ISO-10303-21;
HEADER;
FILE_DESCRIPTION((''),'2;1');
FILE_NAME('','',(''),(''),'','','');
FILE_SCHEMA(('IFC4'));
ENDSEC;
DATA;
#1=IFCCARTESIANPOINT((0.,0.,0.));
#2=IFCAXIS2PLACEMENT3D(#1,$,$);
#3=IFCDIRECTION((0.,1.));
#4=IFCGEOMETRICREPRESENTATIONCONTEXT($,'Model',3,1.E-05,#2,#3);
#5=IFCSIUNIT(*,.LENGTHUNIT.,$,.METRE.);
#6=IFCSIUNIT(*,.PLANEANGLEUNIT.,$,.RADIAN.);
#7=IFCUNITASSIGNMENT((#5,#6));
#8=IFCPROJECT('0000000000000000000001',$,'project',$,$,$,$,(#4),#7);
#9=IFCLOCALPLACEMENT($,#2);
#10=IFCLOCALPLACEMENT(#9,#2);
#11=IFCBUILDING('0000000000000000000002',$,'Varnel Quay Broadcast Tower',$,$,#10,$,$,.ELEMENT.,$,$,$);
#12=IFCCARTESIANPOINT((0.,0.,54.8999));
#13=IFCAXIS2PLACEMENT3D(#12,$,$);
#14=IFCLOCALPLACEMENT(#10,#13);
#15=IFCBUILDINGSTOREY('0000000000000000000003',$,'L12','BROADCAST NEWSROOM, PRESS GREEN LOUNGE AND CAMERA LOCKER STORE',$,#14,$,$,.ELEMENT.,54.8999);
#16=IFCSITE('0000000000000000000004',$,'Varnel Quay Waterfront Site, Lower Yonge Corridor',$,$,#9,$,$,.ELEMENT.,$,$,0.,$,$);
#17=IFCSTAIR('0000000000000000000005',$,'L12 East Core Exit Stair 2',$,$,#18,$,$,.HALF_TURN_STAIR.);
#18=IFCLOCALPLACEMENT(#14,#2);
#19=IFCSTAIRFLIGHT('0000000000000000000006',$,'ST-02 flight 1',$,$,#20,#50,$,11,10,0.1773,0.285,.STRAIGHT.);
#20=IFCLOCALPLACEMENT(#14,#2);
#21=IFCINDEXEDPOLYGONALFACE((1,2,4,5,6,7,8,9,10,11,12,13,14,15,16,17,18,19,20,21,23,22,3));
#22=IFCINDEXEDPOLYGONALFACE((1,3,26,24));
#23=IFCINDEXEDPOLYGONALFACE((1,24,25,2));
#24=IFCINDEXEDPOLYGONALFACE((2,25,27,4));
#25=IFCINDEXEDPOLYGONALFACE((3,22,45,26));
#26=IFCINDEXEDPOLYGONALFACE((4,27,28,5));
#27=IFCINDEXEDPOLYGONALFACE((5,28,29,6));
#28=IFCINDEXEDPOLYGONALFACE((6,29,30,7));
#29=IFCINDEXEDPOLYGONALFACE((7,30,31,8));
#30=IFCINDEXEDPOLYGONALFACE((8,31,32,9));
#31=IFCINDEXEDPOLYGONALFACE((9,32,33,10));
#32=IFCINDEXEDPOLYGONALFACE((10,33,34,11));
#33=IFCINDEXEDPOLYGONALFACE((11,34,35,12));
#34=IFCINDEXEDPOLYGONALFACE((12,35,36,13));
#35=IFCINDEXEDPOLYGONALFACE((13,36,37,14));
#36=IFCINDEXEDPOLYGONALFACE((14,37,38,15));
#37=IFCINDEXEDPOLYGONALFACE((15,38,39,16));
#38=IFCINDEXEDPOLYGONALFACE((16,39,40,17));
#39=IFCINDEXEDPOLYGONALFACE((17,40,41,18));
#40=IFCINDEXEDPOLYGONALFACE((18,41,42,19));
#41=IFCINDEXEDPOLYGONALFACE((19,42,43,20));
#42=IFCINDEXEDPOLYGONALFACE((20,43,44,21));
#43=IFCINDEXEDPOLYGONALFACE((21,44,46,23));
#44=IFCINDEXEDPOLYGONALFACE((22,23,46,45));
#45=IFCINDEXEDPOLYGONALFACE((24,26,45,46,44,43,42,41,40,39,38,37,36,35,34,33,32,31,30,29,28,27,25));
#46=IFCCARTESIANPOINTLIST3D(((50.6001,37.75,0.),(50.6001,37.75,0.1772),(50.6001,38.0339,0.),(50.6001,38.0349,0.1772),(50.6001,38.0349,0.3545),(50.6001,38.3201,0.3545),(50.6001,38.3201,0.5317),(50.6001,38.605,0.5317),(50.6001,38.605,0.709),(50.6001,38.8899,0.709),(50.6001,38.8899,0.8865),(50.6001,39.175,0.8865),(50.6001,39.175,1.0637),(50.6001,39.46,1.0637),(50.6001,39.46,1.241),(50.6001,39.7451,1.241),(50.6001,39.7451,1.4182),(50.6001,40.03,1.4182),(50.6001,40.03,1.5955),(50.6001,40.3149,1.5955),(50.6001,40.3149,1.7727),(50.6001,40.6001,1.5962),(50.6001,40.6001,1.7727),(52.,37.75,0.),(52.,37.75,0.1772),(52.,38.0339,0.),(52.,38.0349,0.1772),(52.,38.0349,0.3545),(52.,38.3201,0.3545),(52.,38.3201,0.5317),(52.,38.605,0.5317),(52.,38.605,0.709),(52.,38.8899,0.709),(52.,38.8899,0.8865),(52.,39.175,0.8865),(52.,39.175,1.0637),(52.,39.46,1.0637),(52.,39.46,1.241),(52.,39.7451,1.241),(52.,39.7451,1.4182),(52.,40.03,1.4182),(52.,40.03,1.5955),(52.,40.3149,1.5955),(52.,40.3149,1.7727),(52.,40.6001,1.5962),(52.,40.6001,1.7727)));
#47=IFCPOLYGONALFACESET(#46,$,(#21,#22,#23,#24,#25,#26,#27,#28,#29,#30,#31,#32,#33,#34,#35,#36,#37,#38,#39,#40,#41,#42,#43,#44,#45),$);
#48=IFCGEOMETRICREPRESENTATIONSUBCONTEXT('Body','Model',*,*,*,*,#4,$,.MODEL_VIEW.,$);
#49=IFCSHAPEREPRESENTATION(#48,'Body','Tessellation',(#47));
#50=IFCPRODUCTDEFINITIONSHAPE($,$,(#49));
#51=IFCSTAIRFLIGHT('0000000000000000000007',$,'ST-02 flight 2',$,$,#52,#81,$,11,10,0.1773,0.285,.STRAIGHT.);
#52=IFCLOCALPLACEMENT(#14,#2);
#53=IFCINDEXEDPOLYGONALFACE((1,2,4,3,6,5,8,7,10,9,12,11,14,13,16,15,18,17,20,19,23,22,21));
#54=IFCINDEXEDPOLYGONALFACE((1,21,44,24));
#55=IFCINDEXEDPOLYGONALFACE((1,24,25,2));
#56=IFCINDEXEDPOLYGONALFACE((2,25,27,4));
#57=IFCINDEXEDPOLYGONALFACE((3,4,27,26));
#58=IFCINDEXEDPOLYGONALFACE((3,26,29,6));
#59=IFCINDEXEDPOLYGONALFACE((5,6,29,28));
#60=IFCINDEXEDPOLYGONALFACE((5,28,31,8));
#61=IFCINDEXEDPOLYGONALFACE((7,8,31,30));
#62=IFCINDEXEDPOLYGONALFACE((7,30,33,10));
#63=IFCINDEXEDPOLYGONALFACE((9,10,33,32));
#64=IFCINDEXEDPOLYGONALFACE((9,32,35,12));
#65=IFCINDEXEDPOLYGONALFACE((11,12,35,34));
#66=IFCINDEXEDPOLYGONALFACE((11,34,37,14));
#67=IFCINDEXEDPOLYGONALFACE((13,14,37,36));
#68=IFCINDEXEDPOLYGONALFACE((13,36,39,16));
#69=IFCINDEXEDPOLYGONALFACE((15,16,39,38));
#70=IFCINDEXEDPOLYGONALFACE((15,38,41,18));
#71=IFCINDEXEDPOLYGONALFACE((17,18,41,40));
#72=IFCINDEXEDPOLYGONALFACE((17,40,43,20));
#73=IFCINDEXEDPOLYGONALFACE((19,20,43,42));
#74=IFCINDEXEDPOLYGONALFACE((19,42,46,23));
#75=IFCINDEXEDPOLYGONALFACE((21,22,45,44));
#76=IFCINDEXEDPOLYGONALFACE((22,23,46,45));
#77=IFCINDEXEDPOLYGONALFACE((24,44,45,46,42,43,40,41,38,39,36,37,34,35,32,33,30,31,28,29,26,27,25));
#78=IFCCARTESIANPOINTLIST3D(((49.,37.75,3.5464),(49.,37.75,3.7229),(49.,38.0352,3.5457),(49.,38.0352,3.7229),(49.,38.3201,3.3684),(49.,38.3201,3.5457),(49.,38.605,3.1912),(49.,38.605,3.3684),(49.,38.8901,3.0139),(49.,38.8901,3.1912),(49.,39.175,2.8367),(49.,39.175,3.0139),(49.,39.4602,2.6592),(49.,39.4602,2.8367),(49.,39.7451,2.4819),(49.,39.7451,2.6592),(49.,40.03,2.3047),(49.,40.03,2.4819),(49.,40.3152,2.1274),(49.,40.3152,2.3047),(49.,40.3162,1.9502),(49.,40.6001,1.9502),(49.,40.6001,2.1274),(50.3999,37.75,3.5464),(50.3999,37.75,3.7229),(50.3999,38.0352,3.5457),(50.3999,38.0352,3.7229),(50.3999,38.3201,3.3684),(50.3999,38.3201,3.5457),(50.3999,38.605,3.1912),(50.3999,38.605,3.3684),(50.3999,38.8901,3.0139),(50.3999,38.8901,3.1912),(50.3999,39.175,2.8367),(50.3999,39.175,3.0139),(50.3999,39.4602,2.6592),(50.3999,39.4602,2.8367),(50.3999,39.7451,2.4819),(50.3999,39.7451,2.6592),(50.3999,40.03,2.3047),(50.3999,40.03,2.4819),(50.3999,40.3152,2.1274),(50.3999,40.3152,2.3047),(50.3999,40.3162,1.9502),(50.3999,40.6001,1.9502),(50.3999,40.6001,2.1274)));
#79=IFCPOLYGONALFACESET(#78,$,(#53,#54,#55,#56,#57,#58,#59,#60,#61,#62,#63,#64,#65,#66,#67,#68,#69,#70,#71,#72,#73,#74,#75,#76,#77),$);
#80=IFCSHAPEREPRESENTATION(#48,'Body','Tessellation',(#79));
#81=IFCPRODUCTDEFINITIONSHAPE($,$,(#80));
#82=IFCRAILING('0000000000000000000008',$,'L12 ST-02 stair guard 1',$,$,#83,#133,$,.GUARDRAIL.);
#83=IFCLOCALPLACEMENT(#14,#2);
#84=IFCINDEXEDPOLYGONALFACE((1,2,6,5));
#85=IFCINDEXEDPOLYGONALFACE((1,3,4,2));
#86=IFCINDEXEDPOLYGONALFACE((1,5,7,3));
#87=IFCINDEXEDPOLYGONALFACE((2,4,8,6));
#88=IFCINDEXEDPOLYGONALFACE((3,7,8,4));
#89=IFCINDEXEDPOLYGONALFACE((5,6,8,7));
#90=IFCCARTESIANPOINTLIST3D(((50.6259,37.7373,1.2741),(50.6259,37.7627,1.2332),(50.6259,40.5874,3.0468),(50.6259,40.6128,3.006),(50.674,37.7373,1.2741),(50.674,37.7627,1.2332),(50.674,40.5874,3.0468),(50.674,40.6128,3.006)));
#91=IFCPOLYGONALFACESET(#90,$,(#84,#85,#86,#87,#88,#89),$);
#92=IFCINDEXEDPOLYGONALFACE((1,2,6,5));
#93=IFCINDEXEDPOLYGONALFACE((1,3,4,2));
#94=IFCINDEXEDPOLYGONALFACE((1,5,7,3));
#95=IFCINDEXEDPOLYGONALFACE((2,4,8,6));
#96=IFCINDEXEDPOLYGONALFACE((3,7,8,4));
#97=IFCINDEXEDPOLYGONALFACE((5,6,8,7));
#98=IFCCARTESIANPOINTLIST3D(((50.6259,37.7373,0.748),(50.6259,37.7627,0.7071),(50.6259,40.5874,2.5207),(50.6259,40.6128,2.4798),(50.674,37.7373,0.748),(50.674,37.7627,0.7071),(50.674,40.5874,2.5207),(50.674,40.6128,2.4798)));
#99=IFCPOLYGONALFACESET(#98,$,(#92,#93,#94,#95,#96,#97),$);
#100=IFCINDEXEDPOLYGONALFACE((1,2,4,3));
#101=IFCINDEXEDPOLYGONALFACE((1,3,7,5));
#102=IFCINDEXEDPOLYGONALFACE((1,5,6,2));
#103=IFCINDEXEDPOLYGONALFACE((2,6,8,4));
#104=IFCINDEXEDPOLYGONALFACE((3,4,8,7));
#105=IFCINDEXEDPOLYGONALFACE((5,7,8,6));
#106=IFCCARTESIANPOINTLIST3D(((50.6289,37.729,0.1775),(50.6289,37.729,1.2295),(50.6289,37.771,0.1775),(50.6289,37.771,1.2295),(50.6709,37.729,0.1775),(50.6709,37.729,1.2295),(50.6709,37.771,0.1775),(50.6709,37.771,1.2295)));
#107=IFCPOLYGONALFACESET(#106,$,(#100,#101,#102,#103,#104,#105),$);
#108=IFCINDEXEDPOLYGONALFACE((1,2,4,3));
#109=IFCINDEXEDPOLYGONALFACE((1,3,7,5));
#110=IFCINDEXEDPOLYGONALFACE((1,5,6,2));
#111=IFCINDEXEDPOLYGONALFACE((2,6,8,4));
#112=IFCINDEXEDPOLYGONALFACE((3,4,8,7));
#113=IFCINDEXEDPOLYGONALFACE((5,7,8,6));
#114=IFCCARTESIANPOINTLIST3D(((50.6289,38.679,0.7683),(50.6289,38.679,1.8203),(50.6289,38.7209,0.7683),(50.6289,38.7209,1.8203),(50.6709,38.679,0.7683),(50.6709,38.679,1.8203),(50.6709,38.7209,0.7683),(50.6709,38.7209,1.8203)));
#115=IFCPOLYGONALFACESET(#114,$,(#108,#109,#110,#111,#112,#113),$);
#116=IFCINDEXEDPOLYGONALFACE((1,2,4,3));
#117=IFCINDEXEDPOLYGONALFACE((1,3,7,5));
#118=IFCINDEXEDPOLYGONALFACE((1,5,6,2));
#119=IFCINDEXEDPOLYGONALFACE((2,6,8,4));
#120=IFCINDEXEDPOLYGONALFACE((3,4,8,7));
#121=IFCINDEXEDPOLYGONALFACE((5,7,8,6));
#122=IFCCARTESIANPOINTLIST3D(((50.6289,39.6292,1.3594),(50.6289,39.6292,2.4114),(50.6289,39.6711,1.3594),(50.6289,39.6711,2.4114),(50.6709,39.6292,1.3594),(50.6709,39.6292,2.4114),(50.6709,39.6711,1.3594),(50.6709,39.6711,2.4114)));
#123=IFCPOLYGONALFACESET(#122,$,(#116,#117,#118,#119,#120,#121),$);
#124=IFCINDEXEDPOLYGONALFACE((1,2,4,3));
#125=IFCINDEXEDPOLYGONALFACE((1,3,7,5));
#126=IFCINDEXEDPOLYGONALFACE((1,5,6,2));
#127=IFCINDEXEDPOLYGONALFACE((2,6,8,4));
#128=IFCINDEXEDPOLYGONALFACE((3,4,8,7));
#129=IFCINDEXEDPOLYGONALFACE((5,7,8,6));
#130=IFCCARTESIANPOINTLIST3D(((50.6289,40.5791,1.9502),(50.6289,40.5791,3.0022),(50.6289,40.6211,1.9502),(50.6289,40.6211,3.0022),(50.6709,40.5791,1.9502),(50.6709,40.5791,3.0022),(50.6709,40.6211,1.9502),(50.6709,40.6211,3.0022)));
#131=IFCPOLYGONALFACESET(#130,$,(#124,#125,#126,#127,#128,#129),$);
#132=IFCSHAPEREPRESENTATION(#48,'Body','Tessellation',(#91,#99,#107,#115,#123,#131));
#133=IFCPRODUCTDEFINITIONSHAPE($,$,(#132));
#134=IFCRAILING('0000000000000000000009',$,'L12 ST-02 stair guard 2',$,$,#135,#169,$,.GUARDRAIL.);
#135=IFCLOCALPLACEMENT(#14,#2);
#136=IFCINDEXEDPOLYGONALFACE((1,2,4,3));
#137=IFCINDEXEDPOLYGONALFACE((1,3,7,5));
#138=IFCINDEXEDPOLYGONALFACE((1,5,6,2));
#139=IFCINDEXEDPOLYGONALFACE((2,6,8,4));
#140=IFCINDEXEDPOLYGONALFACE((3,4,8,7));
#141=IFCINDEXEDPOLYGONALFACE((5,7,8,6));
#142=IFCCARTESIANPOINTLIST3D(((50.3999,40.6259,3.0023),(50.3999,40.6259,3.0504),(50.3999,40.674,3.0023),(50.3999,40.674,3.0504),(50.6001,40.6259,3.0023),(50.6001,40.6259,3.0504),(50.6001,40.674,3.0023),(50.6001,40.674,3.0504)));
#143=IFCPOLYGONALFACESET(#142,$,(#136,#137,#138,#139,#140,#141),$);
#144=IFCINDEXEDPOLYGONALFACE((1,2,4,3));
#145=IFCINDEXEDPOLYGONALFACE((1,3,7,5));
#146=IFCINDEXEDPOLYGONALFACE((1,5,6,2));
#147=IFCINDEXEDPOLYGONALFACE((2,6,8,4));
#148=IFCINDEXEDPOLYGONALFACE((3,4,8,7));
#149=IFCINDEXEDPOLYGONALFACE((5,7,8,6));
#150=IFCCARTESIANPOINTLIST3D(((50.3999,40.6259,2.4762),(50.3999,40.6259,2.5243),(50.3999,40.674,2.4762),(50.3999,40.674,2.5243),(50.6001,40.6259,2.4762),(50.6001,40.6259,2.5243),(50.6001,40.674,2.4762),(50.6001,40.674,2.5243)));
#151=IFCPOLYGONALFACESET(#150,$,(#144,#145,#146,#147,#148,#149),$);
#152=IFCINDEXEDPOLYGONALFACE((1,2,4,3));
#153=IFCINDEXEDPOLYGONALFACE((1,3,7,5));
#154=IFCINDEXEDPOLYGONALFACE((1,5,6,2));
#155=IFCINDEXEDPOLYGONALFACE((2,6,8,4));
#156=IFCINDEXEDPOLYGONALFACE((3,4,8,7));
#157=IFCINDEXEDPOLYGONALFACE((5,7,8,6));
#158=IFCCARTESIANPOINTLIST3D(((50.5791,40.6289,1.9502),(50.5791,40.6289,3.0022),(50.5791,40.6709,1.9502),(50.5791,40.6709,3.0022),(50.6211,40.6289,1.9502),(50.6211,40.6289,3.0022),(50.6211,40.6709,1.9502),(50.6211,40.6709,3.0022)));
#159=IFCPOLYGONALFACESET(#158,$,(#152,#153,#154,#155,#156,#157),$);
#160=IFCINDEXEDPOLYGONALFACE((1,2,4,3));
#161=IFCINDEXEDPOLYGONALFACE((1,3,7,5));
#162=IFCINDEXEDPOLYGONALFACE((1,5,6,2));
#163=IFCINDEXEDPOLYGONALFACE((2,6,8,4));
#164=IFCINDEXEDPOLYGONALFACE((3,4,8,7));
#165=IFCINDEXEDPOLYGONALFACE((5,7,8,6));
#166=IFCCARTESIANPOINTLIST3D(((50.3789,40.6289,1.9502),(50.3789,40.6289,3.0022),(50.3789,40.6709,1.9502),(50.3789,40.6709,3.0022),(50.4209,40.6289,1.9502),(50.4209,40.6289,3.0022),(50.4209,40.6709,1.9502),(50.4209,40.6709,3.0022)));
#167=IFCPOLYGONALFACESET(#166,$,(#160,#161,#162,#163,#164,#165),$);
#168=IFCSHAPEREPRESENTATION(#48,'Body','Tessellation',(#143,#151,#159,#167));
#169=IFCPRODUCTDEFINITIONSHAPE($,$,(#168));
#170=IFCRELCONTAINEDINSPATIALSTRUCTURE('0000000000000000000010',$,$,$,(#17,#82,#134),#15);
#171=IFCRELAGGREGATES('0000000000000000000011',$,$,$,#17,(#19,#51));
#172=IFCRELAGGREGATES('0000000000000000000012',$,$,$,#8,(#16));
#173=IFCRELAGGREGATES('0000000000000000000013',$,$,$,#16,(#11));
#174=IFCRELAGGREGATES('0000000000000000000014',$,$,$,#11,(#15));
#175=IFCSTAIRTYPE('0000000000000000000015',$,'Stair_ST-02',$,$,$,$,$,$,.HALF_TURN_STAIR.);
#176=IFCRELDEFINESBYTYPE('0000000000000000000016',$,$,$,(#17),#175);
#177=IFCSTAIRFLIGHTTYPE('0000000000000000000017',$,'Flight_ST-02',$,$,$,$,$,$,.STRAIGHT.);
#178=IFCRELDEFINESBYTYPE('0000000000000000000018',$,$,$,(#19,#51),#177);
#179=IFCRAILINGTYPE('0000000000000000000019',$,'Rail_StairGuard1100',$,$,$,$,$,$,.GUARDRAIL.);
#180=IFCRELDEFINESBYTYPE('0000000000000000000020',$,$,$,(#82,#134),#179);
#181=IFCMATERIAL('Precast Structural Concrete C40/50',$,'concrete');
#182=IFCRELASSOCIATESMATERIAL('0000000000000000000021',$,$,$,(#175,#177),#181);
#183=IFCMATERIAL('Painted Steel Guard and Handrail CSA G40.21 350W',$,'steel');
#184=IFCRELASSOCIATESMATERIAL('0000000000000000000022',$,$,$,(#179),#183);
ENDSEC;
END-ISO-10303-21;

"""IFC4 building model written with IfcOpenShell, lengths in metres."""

from ifc_helpers import new_model, si_unit, direction, frame, origin, origin_2d, place, context, subcontext, project, spatial, polyline, rectangle, outline, extrude, material, type_object, element, aggregate, save


model = new_model("IFC4")

# Units and contexts
model_context = context("Model", 3, precision=1e-05, world=origin(), true_north=direction((0.0, 1.0)))
body_context = subcontext(model_context, "Body", "Model", "MODEL_VIEW")
ifc_project = project(units=[si_unit("LENGTHUNIT", "METRE"), si_unit("PLANEANGLEUNIT", "RADIAN")], contexts=[model_context])

# Site, building, storey
site_placement = place(None, origin())
site = spatial("IfcSite", under=ifc_project, at=site_placement, Name="Varnel Quay Waterfront Site, Lower Yonge Corridor", CompositionType="ELEMENT", RefElevation=0.0)
building_placement = place(site_placement, origin())
building = spatial("IfcBuilding", under=site, at=building_placement, Name="Varnel Quay Broadcast Tower", CompositionType="ELEMENT")
storey_placement = place(building_placement, frame((0.0, 0.0, 54.8999)))
storey = spatial("IfcBuildingStorey", under=building, at=storey_placement, Name="L12", Description="BROADCAST NEWSROOM, PRESS GREEN LOUNGE AND CAMERA LOCKER STORE", CompositionType="ELEMENT", Elevation=54.8999)

# Stair, stair flights
ifc_material_1 = material(Name="Precast Structural Concrete C40/50", Category="concrete")
stair_type = type_object("IfcStairType", Name="Stair_ST-02", PredefinedType="HALF_TURN_STAIR", material=ifc_material_1)
stair_placement = place(storey_placement, origin())
stair = element("IfcStair", 1, at=stair_placement, inside=storey, type_object=stair_type, Name="L12 East Core Exit Stair 2", PredefinedType="HALF_TURN_STAIR")
stair_flight_type = type_object("IfcStairFlightType", Name="Flight_ST-02", PredefinedType="STRAIGHT", material=ifc_material_1)
stair_flight_1_placement = place(storey_placement, frame((51.3, 37.75, 0.0), z_axis=(0.0, 0.0, 1.0), x_axis=(0.0, 1.0, 0.0)))
stair_flight_1 = element("IfcStairFlight", 2, at=stair_flight_1_placement, type_object=stair_flight_type, Name="ST-02 flight 1", NumberOfRisers=11, NumberOfTreads=10, PredefinedType="STRAIGHT", RiserHeight=0.1773, TreadLength=0.285, context=body_context, shape_type="SweptSolid", body=[
    extrude(outline(polyline([(0.0, 0.0), (0.0, 0.1772), (0.2849, 0.1772), (0.2849, 0.3545), (0.5701, 0.3545), (0.5701, 0.5317), (0.855, 0.5317), (0.855, 0.709), (1.1399, 0.709), (1.1399, 0.8865), (1.425, 0.8865), (1.425, 1.0637), (1.71, 1.0637), (1.71, 1.241), (1.9951, 1.241), (1.9951, 1.4182), (2.28, 1.4182), (2.28, 1.5955), (2.5649, 1.5955), (2.5649, 1.7727), (2.8501, 1.7727), (2.8501, 1.95), (2.8501, 1.5962), (0.2839, 0.0), (0.0, 0.0)])), frame((0.0, 0.7, 0.0), z_axis=(0.0, -1.0, 0.0), x_axis=(1.0, 0.0, 0.0)), (0.0, 0.0, 1.0), 1.3999),
])
stair_flight_2_placement = place(storey_placement, frame((49.7, 40.6001, 1.9502), z_axis=(0.0, 0.0, 1.0), x_axis=(0.0, -1.0, 0.0)))
stair_flight_2 = element("IfcStairFlight", 3, at=stair_flight_2_placement, type_object=stair_flight_type, Name="ST-02 flight 2", NumberOfRisers=11, NumberOfTreads=10, PredefinedType="STRAIGHT", RiserHeight=0.1773, TreadLength=0.285, context=body_context, shape_type="SweptSolid", body=[
    extrude(outline(polyline([(0.0, 0.0), (0.0, 0.1772), (0.2849, 0.1772), (0.2849, 0.3545), (0.5701, 0.3545), (0.5701, 0.5317), (0.855, 0.5317), (0.855, 0.709), (1.1399, 0.709), (1.1399, 0.8865), (1.425, 0.8865), (1.425, 1.0637), (1.71, 1.0637), (1.71, 1.241), (1.9951, 1.241), (1.9951, 1.4182), (2.28, 1.4182), (2.28, 1.5955), (2.5649, 1.5955), (2.5649, 1.7727), (2.8501, 1.7727), (2.8501, 1.95), (2.8501, 1.5962), (0.2839, 0.0), (0.0, 0.0)])), frame((0.0, 0.7, 0.0), z_axis=(0.0, -1.0, 0.0), x_axis=(1.0, 0.0, 0.0)), (0.0, 0.0, 1.0), 1.3999),
])
aggregate(stair, [stair_flight_1, stair_flight_2])

# Railings
ifc_material_2 = material(Name="Painted Steel Guard and Handrail CSA G40.21 350W", Category="steel")
railing_type_1 = type_object("IfcRailingType", Name="Rail_StairGuard1100", PredefinedType="GUARDRAIL", material=ifc_material_2)
railing_1_placement = place(storey_placement, frame((50.6499, 37.75, 0.1775)))
element("IfcRailing", 4, at=railing_1_placement, inside=storey, type_object=railing_type_1, Name="L12 ST-02 stair guard 1", PredefinedType="GUARDRAIL", context=body_context, shape_type="SweptSolid", body=[
    extrude(rectangle(XDim=0.0481, YDim=0.0481, at=origin_2d()), frame((0.0, 0.0, 1.0762), z_axis=(0.0, 0.849149, 0.528154), x_axis=(-1.0, 0.0, 0.0)), (0.0, 0.0, 1.0), 3.3564),
    extrude(rectangle(XDim=0.0481, YDim=0.0481, at=origin_2d()), frame((0.0, 0.0, 0.55), z_axis=(0.0, 0.849149, 0.528154), x_axis=(-1.0, 0.0, 0.0)), (0.0, 0.0, 1.0), 3.3564),
    extrude(rectangle(XDim=0.042, YDim=0.042, at=origin_2d()), origin(), (0.0, 0.0, 1.0), 1.052),
    extrude(rectangle(XDim=0.042, YDim=0.042, at=origin_2d()), frame((0.0, 0.95, 0.5908)), (0.0, 0.0, 1.0), 1.052),
    extrude(rectangle(XDim=0.042, YDim=0.042, at=origin_2d()), frame((0.0, 1.9001, 1.1819)), (0.0, 0.0, 1.0), 1.052),
    extrude(rectangle(XDim=0.042, YDim=0.042, at=origin_2d()), frame((0.0, 2.8501, 1.7727)), (0.0, 0.0, 1.0), 1.052),
])
railing_2_placement = place(storey_placement, frame((50.6001, 40.6499, 1.9502)))
element("IfcRailing", 5, at=railing_2_placement, inside=storey, type_object=railing_type_1, Name="L12 ST-02 stair guard 2", PredefinedType="GUARDRAIL", context=body_context, shape_type="SweptSolid", body=[
    extrude(rectangle(XDim=0.0481, YDim=0.0481, at=origin_2d()), frame((0.0, 0.0, 1.0762), z_axis=(-1.0, 0.0, 0.0), x_axis=(0.0, -1.0, 0.0)), (0.0, 0.0, 1.0), 0.2002),
    extrude(rectangle(XDim=0.0481, YDim=0.0481, at=origin_2d()), frame((0.0, 0.0, 0.55), z_axis=(-1.0, 0.0, 0.0), x_axis=(0.0, -1.0, 0.0)), (0.0, 0.0, 1.0), 0.2002),
    extrude(rectangle(XDim=0.042, YDim=0.042, at=origin_2d()), origin(), (0.0, 0.0, 1.0), 1.052),
    extrude(rectangle(XDim=0.042, YDim=0.042, at=origin_2d()), frame((-0.2002, 0.0, 0.0)), (0.0, 0.0, 1.0), 1.052),
])

save(model, "model.ifc")
